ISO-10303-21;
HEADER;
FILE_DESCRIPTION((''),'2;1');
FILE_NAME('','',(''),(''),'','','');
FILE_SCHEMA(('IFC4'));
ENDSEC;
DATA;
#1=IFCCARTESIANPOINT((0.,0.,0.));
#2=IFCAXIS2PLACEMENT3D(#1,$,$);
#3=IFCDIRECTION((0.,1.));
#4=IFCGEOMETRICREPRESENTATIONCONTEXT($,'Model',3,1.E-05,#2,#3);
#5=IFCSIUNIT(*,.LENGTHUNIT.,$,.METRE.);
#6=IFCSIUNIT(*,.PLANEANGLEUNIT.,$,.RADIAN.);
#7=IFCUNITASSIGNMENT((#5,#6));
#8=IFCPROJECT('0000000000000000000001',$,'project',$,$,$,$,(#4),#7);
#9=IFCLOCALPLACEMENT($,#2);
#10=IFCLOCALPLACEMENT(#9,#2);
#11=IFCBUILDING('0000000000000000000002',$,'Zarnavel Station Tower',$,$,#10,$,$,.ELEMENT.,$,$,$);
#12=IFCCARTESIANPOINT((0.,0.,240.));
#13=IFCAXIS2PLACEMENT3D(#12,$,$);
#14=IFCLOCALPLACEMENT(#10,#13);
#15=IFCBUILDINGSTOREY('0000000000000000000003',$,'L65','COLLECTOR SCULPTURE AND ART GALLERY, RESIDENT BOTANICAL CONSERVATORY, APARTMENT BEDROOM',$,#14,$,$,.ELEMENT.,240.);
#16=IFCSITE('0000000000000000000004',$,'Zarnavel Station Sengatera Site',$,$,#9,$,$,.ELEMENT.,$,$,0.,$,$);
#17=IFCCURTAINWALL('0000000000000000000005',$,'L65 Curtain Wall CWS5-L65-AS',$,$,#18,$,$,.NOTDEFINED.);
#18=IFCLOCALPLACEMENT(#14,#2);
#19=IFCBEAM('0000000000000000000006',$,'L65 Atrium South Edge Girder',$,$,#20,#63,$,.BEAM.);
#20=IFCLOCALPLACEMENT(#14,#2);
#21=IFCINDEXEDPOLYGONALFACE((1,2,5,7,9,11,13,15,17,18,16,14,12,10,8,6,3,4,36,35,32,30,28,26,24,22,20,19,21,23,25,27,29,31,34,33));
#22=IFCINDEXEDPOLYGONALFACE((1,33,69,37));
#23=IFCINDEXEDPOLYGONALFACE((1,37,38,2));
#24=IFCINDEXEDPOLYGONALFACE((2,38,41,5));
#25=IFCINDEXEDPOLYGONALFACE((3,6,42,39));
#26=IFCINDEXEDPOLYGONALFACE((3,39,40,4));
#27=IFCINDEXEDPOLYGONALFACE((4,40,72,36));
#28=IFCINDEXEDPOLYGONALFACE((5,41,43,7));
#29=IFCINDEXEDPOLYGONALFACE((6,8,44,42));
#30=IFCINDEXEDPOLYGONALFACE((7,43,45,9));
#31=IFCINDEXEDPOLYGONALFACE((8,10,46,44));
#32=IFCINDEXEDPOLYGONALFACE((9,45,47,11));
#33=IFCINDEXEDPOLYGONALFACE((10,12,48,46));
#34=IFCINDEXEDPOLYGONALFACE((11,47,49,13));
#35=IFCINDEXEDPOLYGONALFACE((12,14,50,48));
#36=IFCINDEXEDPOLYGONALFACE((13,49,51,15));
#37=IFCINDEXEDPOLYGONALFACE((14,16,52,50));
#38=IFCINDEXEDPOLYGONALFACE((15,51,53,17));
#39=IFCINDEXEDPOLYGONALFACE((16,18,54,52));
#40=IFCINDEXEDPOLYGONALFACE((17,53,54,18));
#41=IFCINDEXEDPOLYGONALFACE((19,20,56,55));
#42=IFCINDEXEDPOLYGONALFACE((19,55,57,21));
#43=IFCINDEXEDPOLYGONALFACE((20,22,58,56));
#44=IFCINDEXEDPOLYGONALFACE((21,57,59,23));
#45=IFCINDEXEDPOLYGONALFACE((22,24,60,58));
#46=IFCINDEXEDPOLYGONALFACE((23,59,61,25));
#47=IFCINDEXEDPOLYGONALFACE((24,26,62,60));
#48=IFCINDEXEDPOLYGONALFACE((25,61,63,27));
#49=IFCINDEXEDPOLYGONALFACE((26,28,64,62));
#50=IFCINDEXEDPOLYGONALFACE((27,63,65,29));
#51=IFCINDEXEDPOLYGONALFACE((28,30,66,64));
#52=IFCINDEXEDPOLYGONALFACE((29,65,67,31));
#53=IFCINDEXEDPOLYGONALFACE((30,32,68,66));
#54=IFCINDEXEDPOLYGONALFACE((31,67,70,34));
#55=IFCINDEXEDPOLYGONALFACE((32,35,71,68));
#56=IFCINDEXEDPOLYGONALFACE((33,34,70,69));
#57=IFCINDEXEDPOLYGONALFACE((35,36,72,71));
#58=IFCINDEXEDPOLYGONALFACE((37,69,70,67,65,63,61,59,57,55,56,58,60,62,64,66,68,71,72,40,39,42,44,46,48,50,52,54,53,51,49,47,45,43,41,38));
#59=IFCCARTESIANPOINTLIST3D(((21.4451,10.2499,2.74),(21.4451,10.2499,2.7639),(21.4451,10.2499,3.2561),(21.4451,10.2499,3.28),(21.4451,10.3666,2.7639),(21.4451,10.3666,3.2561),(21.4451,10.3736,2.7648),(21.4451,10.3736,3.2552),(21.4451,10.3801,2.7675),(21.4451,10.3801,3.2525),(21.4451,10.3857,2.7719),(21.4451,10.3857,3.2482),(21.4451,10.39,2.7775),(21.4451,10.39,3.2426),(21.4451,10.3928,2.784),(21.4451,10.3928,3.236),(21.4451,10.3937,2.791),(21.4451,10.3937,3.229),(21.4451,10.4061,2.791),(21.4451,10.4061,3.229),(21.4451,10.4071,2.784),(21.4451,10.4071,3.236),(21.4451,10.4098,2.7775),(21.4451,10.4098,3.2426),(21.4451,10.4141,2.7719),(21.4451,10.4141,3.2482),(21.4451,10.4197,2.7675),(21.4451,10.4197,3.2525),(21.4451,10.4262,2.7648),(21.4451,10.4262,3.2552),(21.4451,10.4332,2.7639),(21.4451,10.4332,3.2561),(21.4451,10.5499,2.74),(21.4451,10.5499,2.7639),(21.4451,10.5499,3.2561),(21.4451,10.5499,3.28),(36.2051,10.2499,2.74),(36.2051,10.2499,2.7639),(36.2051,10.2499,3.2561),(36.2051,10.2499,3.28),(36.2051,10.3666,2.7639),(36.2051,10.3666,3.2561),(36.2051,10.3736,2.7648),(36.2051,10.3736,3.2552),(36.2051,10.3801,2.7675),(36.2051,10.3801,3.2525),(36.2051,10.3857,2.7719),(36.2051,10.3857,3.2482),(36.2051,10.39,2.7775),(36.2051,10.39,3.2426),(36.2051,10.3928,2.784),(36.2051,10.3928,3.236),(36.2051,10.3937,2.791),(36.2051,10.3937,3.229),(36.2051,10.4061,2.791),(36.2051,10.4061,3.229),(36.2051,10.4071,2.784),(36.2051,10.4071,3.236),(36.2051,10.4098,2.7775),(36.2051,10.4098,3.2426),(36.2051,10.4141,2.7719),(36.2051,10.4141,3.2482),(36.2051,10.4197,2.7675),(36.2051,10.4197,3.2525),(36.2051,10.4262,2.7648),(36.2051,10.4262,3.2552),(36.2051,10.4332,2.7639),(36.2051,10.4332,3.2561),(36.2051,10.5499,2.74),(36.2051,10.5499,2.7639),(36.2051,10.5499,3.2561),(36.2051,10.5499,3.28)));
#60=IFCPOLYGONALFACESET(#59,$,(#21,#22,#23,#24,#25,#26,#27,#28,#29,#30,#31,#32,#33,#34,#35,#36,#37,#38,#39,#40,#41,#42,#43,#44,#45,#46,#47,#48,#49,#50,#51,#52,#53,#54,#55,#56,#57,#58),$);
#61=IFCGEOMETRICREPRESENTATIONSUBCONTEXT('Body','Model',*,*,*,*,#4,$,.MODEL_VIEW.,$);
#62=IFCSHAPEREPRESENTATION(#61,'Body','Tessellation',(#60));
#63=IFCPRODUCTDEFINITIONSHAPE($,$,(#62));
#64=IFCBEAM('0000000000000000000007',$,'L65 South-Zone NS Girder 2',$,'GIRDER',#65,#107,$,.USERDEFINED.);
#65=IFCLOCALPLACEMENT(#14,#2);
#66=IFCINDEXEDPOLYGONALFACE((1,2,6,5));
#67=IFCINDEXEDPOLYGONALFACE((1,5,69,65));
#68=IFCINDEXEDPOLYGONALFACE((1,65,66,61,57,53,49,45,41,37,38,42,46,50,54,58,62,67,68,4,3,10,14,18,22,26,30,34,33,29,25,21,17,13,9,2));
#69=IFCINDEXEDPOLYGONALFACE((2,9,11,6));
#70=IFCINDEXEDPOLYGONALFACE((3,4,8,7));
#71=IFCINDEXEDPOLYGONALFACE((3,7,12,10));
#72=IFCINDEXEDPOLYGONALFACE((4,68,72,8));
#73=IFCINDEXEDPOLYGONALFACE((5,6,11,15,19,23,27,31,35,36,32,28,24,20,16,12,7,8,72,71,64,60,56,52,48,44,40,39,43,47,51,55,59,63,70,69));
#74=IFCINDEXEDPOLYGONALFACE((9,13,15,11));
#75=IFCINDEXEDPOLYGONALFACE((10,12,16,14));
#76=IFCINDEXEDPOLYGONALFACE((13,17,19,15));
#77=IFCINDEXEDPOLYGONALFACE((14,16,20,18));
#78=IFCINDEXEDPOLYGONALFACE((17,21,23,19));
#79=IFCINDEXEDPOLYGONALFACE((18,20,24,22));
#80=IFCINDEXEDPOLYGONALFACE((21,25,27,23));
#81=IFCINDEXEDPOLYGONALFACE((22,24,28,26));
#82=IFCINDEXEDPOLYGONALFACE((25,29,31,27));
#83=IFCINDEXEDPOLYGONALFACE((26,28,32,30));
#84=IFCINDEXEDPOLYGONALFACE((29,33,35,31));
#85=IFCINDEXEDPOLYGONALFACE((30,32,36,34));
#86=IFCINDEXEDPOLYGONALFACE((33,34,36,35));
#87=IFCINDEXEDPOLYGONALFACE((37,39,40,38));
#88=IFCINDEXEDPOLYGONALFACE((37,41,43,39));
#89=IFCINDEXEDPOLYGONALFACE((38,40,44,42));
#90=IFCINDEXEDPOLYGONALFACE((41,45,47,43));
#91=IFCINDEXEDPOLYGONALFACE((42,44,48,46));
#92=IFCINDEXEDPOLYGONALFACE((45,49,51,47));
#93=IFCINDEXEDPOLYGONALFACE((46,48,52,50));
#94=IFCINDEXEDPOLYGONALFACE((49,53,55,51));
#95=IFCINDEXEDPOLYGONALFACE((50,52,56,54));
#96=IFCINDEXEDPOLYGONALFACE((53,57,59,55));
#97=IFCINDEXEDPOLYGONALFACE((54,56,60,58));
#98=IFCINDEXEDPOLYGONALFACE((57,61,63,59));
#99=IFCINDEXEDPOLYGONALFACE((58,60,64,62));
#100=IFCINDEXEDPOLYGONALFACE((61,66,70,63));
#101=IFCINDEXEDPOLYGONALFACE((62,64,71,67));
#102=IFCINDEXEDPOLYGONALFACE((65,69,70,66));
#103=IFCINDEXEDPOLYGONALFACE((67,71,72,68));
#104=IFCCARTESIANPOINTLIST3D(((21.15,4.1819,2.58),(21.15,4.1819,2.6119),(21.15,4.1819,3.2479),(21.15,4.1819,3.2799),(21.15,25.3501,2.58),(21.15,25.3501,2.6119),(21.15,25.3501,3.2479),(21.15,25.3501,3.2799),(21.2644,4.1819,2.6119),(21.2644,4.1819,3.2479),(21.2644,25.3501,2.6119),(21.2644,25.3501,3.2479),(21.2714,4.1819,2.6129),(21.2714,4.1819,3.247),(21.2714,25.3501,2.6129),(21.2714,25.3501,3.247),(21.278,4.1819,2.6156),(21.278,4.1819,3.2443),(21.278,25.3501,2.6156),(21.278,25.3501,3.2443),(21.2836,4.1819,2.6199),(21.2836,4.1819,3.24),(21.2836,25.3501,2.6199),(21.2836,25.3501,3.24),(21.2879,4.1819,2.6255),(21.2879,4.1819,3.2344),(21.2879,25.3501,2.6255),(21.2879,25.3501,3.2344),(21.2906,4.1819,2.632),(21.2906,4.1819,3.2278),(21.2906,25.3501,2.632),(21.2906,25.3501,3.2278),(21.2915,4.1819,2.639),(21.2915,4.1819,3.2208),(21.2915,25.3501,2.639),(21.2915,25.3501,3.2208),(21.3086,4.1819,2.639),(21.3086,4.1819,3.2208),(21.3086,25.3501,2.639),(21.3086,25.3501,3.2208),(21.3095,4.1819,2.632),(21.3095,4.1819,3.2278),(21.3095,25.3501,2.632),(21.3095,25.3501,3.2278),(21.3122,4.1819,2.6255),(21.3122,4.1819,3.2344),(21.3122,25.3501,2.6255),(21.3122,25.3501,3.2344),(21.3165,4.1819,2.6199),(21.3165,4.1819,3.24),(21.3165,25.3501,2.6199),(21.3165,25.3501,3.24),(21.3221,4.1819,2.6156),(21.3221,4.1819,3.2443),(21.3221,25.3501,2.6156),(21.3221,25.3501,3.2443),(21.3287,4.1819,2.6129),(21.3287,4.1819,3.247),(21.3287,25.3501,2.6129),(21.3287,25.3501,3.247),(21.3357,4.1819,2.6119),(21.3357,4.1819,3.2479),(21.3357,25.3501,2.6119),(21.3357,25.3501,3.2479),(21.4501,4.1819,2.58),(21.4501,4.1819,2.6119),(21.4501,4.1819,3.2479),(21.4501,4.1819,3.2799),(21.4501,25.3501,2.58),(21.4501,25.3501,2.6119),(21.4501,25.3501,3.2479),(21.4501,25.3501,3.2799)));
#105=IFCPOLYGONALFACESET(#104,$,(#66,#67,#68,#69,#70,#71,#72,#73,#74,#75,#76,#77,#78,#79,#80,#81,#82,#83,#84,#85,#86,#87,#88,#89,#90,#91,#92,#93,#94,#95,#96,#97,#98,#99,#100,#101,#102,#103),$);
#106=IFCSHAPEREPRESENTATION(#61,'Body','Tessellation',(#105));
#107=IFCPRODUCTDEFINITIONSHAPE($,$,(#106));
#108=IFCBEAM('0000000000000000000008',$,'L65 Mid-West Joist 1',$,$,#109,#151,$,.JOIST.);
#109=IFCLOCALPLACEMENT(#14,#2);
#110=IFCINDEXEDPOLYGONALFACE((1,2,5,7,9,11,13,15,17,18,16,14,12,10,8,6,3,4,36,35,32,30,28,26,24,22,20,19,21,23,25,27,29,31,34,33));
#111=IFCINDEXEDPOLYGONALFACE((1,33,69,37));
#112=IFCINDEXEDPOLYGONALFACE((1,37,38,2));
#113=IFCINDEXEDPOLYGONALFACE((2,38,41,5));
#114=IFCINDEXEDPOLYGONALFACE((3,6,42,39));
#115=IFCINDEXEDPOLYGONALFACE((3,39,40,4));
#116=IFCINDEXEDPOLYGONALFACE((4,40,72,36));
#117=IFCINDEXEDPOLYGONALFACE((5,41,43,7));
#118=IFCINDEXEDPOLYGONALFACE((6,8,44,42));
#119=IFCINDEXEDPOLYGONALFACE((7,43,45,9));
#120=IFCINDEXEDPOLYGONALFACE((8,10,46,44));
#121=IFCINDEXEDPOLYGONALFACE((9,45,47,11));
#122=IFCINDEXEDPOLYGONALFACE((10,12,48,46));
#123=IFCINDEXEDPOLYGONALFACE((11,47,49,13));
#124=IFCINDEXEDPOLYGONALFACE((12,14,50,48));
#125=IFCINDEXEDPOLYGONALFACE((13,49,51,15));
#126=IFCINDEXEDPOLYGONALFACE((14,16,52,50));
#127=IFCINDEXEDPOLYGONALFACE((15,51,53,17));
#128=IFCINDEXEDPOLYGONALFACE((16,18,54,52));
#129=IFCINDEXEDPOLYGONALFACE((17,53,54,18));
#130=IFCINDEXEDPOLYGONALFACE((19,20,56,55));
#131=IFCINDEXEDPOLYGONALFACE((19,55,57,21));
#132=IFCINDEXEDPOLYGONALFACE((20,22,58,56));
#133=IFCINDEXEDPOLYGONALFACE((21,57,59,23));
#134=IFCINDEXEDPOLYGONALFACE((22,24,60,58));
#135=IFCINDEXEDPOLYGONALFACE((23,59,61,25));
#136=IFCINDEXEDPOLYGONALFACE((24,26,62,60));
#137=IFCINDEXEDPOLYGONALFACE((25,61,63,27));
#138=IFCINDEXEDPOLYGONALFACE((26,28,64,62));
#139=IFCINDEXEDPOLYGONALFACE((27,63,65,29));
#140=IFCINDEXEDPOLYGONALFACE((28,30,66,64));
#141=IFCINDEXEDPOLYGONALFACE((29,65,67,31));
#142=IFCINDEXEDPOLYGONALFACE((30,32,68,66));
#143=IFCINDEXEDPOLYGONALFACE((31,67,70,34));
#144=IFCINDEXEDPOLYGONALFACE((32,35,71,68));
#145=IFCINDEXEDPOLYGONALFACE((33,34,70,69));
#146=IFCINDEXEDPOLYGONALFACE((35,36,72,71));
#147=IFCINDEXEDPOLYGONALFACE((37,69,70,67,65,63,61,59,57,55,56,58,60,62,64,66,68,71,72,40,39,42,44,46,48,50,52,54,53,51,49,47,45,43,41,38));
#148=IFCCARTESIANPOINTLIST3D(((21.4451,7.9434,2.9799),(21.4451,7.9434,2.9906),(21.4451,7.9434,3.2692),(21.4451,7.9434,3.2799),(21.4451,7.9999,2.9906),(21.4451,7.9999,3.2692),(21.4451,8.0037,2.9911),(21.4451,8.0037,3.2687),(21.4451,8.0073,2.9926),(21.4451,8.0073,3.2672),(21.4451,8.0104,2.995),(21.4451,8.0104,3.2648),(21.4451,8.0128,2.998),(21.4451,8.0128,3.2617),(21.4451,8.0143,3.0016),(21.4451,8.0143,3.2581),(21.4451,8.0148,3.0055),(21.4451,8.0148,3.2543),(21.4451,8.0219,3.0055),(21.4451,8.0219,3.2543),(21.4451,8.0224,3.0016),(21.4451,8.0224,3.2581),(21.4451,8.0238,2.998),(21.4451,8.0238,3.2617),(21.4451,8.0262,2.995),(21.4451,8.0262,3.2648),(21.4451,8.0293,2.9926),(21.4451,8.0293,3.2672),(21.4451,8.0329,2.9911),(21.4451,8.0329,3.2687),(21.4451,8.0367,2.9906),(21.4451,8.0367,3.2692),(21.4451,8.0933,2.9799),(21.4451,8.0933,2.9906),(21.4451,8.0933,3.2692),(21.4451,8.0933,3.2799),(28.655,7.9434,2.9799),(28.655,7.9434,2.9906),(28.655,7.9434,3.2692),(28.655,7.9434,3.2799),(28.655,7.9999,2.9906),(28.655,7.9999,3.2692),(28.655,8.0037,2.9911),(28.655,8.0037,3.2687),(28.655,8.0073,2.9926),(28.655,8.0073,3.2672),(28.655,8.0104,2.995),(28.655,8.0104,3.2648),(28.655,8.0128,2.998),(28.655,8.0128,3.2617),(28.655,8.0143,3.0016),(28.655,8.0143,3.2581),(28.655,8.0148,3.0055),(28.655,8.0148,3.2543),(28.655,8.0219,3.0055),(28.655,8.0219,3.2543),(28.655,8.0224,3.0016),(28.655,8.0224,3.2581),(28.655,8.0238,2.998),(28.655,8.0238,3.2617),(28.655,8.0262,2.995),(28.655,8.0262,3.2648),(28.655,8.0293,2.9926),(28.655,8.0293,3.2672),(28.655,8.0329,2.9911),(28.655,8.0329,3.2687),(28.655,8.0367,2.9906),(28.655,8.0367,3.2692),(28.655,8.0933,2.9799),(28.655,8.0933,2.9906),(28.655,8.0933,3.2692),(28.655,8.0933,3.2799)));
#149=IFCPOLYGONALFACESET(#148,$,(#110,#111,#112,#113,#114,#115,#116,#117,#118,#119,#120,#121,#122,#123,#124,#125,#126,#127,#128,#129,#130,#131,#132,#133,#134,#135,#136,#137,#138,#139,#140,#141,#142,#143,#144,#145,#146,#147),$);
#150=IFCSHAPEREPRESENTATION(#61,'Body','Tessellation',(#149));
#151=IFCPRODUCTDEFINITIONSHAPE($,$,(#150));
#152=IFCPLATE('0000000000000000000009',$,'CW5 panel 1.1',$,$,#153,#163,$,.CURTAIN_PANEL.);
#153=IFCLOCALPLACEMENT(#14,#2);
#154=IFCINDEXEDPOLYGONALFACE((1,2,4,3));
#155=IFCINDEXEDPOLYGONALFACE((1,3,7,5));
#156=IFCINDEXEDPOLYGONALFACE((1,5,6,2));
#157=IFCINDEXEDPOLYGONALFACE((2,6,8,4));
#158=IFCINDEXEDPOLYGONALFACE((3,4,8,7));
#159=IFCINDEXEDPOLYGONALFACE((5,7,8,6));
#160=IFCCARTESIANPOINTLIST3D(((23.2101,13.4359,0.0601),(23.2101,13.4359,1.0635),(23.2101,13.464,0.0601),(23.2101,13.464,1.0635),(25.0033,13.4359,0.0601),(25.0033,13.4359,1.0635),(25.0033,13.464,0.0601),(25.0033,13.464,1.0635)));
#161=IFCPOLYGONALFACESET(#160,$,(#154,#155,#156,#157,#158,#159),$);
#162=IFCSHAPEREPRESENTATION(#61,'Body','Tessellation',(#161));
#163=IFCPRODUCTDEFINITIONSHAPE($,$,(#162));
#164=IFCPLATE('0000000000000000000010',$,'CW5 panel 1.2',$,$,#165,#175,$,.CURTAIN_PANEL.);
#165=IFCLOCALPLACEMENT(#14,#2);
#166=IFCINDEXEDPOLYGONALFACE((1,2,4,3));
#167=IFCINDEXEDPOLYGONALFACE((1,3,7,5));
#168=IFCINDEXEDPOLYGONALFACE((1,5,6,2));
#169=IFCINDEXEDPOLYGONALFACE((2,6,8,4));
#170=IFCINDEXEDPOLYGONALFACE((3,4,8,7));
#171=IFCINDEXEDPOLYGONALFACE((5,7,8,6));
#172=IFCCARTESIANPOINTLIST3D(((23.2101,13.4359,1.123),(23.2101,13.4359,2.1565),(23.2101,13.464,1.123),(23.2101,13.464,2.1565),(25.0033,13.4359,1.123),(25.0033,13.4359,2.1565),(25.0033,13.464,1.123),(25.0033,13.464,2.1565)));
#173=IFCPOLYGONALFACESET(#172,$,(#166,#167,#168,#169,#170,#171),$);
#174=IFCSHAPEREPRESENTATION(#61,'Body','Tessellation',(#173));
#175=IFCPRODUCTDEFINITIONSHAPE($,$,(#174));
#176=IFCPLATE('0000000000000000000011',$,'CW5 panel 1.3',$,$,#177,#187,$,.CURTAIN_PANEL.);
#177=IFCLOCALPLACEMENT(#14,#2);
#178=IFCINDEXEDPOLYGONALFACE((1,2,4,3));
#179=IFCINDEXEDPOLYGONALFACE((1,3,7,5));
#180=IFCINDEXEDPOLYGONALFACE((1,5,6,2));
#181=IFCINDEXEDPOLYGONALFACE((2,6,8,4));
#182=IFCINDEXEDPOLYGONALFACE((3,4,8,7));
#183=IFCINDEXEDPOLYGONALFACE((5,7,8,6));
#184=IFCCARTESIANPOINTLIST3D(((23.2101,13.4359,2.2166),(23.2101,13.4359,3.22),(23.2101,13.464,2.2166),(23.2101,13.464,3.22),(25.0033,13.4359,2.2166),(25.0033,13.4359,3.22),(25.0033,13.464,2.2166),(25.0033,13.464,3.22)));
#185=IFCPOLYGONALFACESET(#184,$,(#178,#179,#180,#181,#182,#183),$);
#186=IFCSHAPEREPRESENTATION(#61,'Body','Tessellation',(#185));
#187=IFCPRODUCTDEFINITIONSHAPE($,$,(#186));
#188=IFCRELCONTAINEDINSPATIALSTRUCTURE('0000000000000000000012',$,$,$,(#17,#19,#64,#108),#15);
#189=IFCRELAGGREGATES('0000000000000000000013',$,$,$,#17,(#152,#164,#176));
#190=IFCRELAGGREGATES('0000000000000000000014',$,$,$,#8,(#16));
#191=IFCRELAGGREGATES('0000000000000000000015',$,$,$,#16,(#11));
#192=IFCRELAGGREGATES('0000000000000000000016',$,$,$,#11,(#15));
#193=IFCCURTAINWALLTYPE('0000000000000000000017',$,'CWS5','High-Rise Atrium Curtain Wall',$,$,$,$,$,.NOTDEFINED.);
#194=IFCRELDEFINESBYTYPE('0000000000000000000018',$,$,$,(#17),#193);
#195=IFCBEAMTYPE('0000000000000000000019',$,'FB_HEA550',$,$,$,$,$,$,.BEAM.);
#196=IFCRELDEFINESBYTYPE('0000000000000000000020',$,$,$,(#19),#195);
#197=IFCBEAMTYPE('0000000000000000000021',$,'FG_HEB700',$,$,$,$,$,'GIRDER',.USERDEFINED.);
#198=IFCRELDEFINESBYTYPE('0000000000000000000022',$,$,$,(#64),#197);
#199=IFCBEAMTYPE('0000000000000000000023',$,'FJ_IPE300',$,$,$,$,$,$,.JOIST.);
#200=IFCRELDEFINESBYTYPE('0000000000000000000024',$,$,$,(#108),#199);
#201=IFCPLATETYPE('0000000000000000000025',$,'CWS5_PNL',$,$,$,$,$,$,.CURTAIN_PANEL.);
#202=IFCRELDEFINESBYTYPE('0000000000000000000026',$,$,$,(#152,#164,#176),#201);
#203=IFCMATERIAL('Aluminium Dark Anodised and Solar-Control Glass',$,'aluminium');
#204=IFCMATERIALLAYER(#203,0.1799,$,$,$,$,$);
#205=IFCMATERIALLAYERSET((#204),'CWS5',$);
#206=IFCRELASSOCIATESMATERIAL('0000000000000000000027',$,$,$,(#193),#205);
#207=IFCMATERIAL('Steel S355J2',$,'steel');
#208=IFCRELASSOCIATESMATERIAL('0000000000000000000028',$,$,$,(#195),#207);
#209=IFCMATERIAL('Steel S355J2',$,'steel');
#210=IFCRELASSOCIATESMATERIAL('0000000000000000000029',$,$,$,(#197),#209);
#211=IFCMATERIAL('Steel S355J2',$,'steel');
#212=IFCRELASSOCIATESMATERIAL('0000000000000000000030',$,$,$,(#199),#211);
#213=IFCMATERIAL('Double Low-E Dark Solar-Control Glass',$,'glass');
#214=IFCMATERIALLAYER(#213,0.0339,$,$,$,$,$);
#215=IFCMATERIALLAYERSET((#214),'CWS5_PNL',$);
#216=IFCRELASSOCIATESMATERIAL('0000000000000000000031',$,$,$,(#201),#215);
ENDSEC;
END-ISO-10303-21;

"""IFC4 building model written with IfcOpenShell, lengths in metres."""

from ifc_helpers import new_model, si_unit, direction, frame, origin, origin_2d, place, context, subcontext, project, spatial, rectangle, i_section, extrude, material, layer, layer_set, material_profile, profile_set, type_object, element, aggregate, save


model = new_model("IFC4")

# Units and contexts
model_context = context("Model", 3, precision=1e-05, world=origin(), true_north=direction((0.0, 1.0)))
body_context = subcontext(model_context, "Body", "Model", "MODEL_VIEW")
ifc_project = project(units=[si_unit("LENGTHUNIT", "METRE"), si_unit("PLANEANGLEUNIT", "RADIAN")], contexts=[model_context])

# Site, building, storey
site_placement = place(None, origin())
site = spatial("IfcSite", under=ifc_project, at=site_placement, Name="Zarnavel Station Sengatera Site", CompositionType="ELEMENT", RefElevation=0.0)
building_placement = place(site_placement, origin())
building = spatial("IfcBuilding", under=site, at=building_placement, Name="Zarnavel Station Tower", CompositionType="ELEMENT")
storey_placement = place(building_placement, frame((0.0, 0.0, 240.0)))
storey = spatial("IfcBuildingStorey", under=building, at=storey_placement, Name="L65", Description="COLLECTOR SCULPTURE AND ART GALLERY, RESIDENT BOTANICAL CONSERVATORY, APARTMENT BEDROOM", CompositionType="ELEMENT", Elevation=240.0)

# Curtain wall
ifc_material_1 = material(Name="Aluminium Dark Anodised and Solar-Control Glass", Category="aluminium")
ifc_layer_1 = layer(ifc_material_1, 0.1799)
ifc_layer_set_1 = layer_set([ifc_layer_1], Name="CWS5")
curtain_wall_type = type_object("IfcCurtainWallType", Name="CWS5", Description="High-Rise Atrium Curtain Wall", PredefinedType="NOTDEFINED", material=ifc_layer_set_1)
curtain_wall_placement = place(storey_placement, origin())
curtain_wall = element("IfcCurtainWall", 1, at=curtain_wall_placement, inside=storey, type_object=curtain_wall_type, Name="L65 Curtain Wall CWS5-L65-AS", PredefinedType="NOTDEFINED")

# Beams
ifc_material_2 = material(Name="Steel S355J2", Category="steel")
ifc_material_profile_1 = material_profile(ifc_material_2, i_section(OverallWidth=0.3, OverallDepth=0.54, WebThickness=0.0125, FlangeThickness=0.0239, FilletRadius=0.0271, at=origin_2d()), Name="HEA550")
ifc_profile_set_1 = profile_set([ifc_material_profile_1], Name="Steel S355J2")
beam_type_1 = type_object("IfcBeamType", Name="FB_HEA550", PredefinedType="BEAM", material=ifc_profile_set_1)
beam_1_placement = place(storey_placement, frame((21.4451, 10.3999, 3.01), z_axis=(1.0, 0.0, 0.0), x_axis=(0.0, 1.0, 0.0)))
element("IfcBeam", 2, at=beam_1_placement, inside=storey, type_object=beam_type_1, Name="L65 Atrium South Edge Girder", PredefinedType="BEAM", context=body_context, shape_type="SweptSolid", body=[
    extrude(i_section(OverallWidth=0.3, OverallDepth=0.54, WebThickness=0.0125, FlangeThickness=0.0239, FilletRadius=0.0271, at=origin_2d()), origin(), (0.0, 0.0, 1.0), 14.76),
])
ifc_material_3 = material(Name="Steel S355J2", Category="steel")
ifc_material_profile_2 = material_profile(ifc_material_3, i_section(OverallWidth=0.3, OverallDepth=0.7, WebThickness=0.0171, FlangeThickness=0.032, FilletRadius=0.0271, at=origin_2d()), Name="HEB700")
ifc_profile_set_2 = profile_set([ifc_material_profile_2], Name="Steel S355J2")
beam_type_2 = type_object("IfcBeamType", Name="FG_HEB700", ElementType="GIRDER", PredefinedType="USERDEFINED", material=ifc_profile_set_2)
beam_2_placement = place(storey_placement, frame((21.3, 4.1819, 2.9299), z_axis=(0.0, 1.0, 0.0), x_axis=(-1.0, 0.0, 0.0)))
element("IfcBeam", 3, at=beam_2_placement, inside=storey, type_object=beam_type_2, Name="L65 South-Zone NS Girder 2", ObjectType="GIRDER", PredefinedType="USERDEFINED", context=body_context, shape_type="SweptSolid", body=[
    extrude(i_section(OverallWidth=0.3, OverallDepth=0.7, WebThickness=0.0171, FlangeThickness=0.032, FilletRadius=0.0271, at=origin_2d()), origin(), (0.0, 0.0, 1.0), 21.1682),
])
ifc_material_4 = material(Name="Steel S355J2", Category="steel")
ifc_material_profile_3 = material_profile(ifc_material_4, i_section(OverallWidth=0.1499, OverallDepth=0.3, WebThickness=0.0071, FlangeThickness=0.0107, FilletRadius=0.0149, at=origin_2d()), Name="IPE300")
ifc_profile_set_3 = profile_set([ifc_material_profile_3], Name="Steel S355J2")
beam_type_3 = type_object("IfcBeamType", Name="FJ_IPE300", PredefinedType="JOIST", material=ifc_profile_set_3)
beam_3_placement = place(storey_placement, frame((21.4451, 8.0183, 3.1299), z_axis=(1.0, 0.0, 0.0), x_axis=(0.0, 1.0, 0.0)))
element("IfcBeam", 4, at=beam_3_placement, inside=storey, type_object=beam_type_3, Name="L65 Mid-West Joist 1", PredefinedType="JOIST", context=body_context, shape_type="SweptSolid", body=[
    extrude(i_section(OverallWidth=0.1499, OverallDepth=0.3, WebThickness=0.0071, FlangeThickness=0.0107, FilletRadius=0.0149, at=origin_2d()), origin(), (0.0, 0.0, 1.0), 7.21),
])

# Plates
ifc_material_5 = material(Name="Double Low-E Dark Solar-Control Glass", Category="glass")
ifc_layer_2 = layer(ifc_material_5, 0.0339)
ifc_layer_set_2 = layer_set([ifc_layer_2], Name="CWS5_PNL")
plate_type_1 = type_object("IfcPlateType", Name="CWS5_PNL", PredefinedType="CURTAIN_PANEL", material=ifc_layer_set_2)
plate_1_placement = place(storey_placement, frame((24.1067, 13.45, 0.0601), z_axis=(0.0, 0.0, 1.0), x_axis=(1.0, 0.0, 0.0)))
plate_1 = element("IfcPlate", 5, at=plate_1_placement, type_object=plate_type_1, Name="CW5 panel 1.1", PredefinedType="CURTAIN_PANEL", context=body_context, shape_type="SweptSolid", body=[
    extrude(rectangle(XDim=1.7932, YDim=0.0281, at=origin_2d()), origin(), (0.0, 0.0, 1.0), 1.0034),
])
plate_2_placement = place(storey_placement, frame((24.1067, 13.45, 1.123), z_axis=(0.0, 0.0, 1.0), x_axis=(1.0, 0.0, 0.0)))
plate_2 = element("IfcPlate", 6, at=plate_2_placement, type_object=plate_type_1, Name="CW5 panel 1.2", PredefinedType="CURTAIN_PANEL", context=body_context, shape_type="SweptSolid", body=[
    extrude(rectangle(XDim=1.7932, YDim=0.0281, at=origin_2d()), origin(), (0.0, 0.0, 1.0), 1.0334),
])
plate_3_placement = place(storey_placement, frame((24.1067, 13.45, 2.2166), z_axis=(0.0, 0.0, 1.0), x_axis=(1.0, 0.0, 0.0)))
plate_3 = element("IfcPlate", 7, at=plate_3_placement, type_object=plate_type_1, Name="CW5 panel 1.3", PredefinedType="CURTAIN_PANEL", context=body_context, shape_type="SweptSolid", body=[
    extrude(rectangle(XDim=1.7932, YDim=0.0281, at=origin_2d()), origin(), (0.0, 0.0, 1.0), 1.0034),
])
aggregate(curtain_wall, [plate_1, plate_2, plate_3])

save(model, "model.ifc")
